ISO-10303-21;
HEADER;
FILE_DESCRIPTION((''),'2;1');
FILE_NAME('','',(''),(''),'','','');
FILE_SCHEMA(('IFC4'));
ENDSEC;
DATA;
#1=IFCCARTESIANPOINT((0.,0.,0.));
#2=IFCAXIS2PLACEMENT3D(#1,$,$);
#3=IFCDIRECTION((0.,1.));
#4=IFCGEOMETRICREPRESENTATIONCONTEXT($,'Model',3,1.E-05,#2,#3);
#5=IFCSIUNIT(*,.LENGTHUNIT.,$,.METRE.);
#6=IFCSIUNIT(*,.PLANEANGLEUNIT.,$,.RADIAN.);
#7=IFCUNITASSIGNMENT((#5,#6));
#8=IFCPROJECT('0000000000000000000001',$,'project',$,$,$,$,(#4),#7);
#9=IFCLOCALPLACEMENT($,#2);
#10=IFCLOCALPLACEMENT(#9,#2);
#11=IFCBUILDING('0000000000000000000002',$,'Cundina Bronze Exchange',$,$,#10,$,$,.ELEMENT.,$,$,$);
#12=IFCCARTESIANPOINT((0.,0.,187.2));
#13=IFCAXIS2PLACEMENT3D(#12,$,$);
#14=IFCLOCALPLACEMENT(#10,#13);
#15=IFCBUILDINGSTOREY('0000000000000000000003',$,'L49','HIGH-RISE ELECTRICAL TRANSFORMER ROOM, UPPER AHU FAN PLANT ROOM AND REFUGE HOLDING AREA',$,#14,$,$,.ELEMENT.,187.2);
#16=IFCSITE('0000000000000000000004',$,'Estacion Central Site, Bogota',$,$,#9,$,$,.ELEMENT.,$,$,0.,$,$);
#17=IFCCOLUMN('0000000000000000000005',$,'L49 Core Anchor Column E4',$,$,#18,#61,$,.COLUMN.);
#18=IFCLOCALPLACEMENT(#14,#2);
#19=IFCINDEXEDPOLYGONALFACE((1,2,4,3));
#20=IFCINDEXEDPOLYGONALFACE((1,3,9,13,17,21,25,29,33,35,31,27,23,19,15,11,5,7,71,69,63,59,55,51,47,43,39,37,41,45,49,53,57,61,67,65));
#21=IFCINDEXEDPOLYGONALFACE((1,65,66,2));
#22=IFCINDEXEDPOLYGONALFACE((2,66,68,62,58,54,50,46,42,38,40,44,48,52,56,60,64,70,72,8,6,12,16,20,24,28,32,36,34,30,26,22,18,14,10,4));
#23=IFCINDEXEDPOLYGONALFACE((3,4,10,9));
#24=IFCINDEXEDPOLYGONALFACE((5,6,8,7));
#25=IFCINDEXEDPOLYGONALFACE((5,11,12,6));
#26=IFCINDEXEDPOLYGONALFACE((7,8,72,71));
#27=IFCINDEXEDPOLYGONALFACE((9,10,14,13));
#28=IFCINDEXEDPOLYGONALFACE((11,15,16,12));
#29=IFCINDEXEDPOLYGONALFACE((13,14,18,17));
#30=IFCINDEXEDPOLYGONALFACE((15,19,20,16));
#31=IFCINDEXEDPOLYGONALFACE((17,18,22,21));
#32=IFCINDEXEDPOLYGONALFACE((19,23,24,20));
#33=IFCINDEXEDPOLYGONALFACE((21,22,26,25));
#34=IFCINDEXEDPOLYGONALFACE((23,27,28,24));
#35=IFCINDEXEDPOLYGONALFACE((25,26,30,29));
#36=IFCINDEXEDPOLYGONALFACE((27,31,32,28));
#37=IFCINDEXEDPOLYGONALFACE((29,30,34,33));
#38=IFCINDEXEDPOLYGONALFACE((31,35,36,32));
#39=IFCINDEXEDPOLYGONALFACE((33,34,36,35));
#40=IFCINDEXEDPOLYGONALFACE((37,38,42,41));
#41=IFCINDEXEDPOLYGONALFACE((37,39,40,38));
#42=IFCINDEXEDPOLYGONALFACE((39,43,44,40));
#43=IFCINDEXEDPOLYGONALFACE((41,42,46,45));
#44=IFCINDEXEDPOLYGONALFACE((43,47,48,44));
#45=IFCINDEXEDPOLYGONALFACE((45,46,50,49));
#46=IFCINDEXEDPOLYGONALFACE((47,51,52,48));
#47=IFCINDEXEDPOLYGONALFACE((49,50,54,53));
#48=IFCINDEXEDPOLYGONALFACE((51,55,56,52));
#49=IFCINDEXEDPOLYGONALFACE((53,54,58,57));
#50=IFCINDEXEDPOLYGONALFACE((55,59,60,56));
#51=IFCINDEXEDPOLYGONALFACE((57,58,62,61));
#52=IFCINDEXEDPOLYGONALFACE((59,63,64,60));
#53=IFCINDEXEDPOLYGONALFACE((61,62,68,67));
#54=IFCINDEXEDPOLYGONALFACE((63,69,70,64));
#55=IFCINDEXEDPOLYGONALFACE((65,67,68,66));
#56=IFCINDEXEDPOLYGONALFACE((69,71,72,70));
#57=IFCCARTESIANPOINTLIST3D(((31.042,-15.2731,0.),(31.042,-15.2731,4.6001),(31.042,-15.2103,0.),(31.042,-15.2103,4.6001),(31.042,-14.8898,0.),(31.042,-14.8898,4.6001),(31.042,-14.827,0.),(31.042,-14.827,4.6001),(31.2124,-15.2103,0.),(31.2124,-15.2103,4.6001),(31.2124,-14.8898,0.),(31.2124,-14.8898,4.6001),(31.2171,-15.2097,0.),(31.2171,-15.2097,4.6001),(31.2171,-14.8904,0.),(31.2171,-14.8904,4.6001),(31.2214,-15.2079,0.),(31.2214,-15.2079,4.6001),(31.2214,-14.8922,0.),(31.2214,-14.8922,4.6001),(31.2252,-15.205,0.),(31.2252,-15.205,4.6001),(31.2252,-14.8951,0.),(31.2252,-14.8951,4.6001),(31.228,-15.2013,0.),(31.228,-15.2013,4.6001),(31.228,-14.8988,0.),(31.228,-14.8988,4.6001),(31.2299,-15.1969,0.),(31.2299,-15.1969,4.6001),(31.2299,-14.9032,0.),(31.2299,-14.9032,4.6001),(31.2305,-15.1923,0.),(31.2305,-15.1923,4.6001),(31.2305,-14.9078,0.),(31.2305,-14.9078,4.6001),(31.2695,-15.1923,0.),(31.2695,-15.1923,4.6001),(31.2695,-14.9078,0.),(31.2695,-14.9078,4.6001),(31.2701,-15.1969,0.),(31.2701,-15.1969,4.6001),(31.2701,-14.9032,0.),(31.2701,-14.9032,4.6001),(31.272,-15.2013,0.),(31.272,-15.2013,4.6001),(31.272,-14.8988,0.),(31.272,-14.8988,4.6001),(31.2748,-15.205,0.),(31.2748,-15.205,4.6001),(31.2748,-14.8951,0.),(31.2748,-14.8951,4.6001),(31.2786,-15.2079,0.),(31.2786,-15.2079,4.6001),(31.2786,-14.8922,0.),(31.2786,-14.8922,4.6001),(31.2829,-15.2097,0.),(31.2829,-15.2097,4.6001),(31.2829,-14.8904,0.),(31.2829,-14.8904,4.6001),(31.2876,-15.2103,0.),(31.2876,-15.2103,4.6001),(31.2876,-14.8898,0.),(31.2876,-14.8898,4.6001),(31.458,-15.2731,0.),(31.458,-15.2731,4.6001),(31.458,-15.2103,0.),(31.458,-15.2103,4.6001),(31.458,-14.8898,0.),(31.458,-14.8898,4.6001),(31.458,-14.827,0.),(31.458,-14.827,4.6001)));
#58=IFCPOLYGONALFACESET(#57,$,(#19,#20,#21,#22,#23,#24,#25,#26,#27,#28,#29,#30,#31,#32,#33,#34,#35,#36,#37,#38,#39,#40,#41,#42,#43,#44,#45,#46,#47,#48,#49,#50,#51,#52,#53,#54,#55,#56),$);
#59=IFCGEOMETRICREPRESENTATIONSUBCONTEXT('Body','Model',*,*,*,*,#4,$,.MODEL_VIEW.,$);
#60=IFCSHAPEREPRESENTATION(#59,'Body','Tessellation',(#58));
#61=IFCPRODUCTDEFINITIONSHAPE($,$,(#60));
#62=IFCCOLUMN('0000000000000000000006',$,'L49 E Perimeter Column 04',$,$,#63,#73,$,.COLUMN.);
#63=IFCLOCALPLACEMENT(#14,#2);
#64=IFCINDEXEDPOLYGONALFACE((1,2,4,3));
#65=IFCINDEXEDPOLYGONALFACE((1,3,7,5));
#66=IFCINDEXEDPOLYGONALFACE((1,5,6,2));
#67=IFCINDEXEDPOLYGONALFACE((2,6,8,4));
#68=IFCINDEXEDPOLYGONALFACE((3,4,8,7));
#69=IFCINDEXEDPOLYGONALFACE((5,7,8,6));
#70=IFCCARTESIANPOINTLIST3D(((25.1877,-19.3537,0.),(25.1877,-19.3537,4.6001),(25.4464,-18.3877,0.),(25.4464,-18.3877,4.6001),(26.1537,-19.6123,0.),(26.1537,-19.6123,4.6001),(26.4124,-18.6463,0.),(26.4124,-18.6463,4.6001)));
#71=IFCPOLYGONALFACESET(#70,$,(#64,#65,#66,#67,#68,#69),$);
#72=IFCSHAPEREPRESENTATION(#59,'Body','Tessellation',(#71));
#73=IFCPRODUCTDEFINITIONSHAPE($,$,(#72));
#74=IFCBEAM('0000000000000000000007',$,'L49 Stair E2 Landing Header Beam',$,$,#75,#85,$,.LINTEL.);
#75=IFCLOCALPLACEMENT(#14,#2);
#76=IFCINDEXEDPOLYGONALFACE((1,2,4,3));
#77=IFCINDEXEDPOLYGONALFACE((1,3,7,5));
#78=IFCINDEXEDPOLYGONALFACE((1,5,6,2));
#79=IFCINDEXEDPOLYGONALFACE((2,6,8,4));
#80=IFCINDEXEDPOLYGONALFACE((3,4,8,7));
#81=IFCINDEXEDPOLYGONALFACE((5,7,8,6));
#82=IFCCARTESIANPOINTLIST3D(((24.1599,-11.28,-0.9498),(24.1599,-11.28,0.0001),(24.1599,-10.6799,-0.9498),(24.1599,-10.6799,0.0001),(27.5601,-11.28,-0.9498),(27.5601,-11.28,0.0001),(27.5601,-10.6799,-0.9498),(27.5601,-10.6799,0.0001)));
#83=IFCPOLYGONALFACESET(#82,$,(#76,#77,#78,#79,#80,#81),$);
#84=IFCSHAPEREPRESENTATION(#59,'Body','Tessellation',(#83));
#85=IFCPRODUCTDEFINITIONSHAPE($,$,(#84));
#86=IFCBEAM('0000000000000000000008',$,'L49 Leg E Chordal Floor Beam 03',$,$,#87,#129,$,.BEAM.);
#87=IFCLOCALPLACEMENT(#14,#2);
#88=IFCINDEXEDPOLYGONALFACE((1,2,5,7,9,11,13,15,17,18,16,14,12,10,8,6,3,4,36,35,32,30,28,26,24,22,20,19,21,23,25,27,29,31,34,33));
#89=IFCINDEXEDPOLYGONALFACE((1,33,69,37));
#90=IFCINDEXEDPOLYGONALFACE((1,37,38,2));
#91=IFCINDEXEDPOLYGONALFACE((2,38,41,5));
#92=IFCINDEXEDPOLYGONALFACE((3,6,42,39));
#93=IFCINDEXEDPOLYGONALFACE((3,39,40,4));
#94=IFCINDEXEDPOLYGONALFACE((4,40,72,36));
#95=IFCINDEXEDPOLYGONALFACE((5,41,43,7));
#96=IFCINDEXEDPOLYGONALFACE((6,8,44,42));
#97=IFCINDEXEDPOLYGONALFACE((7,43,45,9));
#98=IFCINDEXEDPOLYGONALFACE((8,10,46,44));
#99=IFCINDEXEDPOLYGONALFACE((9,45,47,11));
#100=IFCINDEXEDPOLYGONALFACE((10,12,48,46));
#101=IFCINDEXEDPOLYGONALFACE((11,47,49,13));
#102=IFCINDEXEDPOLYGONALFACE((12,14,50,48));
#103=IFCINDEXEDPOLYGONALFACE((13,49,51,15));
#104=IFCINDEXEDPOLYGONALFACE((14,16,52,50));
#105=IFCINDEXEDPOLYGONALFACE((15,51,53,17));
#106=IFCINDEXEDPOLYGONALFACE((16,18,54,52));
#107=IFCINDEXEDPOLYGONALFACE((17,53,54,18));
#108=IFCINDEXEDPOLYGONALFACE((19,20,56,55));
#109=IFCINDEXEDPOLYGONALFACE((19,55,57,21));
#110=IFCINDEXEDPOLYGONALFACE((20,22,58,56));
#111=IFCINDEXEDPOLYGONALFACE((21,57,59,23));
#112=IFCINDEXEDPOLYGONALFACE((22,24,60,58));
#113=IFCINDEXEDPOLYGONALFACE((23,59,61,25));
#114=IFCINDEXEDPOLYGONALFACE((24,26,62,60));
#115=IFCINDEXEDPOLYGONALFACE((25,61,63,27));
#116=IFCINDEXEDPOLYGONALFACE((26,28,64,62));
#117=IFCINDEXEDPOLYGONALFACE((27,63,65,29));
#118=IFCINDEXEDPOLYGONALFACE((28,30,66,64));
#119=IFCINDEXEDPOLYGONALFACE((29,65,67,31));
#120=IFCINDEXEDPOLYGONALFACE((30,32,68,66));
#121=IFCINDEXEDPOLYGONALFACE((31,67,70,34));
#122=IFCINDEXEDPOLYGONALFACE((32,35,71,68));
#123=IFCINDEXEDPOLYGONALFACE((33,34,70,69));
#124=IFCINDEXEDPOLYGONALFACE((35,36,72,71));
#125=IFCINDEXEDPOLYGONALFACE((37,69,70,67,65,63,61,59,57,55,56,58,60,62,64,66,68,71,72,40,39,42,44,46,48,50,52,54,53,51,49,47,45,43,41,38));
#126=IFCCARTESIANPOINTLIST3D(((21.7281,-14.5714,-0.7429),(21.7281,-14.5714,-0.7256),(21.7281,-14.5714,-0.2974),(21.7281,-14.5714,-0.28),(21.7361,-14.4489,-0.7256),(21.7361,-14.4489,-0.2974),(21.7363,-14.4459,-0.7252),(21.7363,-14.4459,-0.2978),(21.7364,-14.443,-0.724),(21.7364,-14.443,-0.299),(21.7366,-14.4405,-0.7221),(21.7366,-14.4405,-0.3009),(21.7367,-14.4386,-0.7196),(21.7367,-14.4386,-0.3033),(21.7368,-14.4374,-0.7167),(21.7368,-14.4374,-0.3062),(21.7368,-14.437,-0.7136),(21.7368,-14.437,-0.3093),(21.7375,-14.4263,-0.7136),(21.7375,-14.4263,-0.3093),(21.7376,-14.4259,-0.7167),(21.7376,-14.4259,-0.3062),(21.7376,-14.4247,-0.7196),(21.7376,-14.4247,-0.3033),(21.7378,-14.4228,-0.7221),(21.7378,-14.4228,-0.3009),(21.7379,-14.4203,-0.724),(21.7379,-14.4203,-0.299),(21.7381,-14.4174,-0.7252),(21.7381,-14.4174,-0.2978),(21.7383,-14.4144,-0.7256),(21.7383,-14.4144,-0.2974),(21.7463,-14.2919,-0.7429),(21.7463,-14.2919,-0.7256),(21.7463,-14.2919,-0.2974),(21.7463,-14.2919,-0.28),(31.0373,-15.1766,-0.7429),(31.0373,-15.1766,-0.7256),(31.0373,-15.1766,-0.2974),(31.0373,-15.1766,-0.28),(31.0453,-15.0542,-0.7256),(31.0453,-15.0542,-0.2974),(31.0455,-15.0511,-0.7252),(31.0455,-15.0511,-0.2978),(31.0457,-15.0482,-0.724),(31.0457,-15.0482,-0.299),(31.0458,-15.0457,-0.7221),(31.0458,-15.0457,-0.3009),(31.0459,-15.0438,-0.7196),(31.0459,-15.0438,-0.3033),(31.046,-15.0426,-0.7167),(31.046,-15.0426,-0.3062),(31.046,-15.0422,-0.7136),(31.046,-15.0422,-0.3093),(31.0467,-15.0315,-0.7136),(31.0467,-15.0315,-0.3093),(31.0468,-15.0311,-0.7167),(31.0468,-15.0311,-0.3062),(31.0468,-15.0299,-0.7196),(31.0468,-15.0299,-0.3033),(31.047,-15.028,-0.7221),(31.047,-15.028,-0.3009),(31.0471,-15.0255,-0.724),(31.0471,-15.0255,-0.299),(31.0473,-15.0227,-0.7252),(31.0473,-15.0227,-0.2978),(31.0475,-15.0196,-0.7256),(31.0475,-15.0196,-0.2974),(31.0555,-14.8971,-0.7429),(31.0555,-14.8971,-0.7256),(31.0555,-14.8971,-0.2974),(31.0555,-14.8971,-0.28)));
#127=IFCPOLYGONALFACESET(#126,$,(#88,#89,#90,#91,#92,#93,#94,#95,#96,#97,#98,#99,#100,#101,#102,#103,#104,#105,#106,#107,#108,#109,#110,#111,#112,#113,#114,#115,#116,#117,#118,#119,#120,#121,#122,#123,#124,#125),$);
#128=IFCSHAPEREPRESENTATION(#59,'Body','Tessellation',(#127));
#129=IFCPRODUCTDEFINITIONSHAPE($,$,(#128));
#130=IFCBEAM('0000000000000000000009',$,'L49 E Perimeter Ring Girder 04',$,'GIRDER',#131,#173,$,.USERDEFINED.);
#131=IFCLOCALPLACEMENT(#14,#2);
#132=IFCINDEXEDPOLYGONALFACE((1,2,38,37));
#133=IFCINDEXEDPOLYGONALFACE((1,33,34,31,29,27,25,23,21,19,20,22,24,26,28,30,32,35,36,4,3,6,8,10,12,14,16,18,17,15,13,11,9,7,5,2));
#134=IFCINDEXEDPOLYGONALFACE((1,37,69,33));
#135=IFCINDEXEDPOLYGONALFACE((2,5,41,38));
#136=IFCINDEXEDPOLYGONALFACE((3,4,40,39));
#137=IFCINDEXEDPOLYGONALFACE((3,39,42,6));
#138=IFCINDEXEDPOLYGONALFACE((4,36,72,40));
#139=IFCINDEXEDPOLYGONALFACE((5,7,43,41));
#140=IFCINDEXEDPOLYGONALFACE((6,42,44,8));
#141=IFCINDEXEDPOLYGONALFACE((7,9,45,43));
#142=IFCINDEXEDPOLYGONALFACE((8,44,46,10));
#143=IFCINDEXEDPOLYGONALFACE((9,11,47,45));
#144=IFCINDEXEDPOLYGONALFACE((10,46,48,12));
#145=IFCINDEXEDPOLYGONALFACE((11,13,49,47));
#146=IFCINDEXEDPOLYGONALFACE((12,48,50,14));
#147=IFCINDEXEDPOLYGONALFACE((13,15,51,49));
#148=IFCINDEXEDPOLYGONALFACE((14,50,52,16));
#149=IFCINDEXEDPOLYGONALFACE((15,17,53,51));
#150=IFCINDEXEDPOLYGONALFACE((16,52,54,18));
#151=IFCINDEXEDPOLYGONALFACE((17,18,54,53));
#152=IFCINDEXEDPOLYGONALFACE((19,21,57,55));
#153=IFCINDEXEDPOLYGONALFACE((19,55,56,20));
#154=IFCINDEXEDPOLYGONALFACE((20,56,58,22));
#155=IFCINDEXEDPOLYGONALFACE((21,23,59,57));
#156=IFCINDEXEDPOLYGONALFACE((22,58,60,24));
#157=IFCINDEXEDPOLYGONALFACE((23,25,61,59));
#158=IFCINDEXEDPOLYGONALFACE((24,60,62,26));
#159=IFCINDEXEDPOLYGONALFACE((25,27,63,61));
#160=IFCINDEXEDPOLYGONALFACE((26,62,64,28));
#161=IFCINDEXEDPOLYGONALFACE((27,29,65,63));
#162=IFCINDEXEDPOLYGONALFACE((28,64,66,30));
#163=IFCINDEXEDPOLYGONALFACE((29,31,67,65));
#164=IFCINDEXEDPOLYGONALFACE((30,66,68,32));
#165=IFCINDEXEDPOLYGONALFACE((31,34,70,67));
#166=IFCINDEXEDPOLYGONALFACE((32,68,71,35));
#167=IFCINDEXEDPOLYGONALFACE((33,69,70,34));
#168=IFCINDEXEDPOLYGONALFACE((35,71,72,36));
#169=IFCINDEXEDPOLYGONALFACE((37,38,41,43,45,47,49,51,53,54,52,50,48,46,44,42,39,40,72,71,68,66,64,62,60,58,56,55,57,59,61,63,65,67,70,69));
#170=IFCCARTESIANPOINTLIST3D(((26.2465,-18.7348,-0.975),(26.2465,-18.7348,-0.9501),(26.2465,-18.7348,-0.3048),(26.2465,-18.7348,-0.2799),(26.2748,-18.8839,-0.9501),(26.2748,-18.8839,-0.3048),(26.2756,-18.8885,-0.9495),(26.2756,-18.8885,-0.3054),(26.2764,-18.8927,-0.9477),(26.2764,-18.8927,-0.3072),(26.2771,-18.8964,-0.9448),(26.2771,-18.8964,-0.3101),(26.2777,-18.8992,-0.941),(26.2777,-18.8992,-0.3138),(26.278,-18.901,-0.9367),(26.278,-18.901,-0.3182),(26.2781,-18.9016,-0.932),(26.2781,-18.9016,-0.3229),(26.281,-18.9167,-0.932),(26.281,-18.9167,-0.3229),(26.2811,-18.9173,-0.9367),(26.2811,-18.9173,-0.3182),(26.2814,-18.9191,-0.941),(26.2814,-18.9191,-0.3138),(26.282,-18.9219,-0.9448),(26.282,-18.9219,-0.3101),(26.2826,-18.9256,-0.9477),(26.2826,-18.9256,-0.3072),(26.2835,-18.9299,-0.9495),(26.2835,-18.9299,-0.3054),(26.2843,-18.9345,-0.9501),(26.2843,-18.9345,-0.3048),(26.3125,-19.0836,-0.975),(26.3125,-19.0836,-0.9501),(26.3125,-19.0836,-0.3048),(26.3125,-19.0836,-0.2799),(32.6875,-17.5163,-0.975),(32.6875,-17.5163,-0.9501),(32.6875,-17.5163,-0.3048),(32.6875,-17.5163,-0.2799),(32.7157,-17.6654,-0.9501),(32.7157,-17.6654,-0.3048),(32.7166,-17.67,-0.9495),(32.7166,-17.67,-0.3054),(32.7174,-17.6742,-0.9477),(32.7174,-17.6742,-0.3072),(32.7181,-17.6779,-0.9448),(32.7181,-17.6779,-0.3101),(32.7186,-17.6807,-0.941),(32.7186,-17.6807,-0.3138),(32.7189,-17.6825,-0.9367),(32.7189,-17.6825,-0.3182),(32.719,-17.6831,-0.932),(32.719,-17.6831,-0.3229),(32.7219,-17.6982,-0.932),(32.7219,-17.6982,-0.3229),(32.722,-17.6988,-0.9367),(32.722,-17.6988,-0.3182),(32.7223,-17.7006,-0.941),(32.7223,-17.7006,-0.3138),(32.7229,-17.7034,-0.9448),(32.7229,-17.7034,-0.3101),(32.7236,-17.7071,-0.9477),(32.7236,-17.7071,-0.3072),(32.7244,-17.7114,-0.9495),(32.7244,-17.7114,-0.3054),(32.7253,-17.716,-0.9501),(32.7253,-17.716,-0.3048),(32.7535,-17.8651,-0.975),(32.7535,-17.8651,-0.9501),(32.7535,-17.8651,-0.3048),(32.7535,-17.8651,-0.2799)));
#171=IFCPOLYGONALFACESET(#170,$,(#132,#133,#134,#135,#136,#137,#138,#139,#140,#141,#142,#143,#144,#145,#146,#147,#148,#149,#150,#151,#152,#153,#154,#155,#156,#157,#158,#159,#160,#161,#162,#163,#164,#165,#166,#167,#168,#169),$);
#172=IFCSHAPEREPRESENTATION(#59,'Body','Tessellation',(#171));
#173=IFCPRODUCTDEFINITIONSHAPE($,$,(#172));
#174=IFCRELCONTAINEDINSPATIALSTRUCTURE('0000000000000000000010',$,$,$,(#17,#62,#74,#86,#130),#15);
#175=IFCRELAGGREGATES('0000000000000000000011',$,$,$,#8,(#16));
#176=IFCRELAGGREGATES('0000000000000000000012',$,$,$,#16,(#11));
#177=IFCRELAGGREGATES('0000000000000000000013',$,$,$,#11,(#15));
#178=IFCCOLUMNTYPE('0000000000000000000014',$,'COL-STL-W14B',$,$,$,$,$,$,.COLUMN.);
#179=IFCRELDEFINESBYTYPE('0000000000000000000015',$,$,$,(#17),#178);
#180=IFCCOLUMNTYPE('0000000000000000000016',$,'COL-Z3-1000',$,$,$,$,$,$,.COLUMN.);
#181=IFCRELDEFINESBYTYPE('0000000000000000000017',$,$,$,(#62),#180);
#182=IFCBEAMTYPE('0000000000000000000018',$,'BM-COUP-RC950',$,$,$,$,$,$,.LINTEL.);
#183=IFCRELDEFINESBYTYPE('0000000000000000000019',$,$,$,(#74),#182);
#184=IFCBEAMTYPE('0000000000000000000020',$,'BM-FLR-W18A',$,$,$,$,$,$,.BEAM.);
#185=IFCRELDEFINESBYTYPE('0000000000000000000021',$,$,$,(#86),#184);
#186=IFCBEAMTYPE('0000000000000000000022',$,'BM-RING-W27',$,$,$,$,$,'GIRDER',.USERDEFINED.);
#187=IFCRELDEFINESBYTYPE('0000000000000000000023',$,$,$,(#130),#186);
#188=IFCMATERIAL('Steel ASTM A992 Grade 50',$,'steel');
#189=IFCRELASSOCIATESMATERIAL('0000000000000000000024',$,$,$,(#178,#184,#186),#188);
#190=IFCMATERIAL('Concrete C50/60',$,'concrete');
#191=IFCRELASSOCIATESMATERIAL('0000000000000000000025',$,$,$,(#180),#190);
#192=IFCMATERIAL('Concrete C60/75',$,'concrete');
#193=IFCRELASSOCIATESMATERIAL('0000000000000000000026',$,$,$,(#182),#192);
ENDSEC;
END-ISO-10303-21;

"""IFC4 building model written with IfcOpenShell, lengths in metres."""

from ifc_helpers import new_model, si_unit, direction, frame, origin, origin_2d, place, context, subcontext, project, spatial, rectangle, i_section, extrude, material, material_profile, profile_set, type_object, element, save


model = new_model("IFC4")

# Units and contexts
model_context = context("Model", 3, precision=1e-05, world=origin(), true_north=direction((0.0, 1.0)))
body_context = subcontext(model_context, "Body", "Model", "MODEL_VIEW")
ifc_project = project(units=[si_unit("LENGTHUNIT", "METRE"), si_unit("PLANEANGLEUNIT", "RADIAN")], contexts=[model_context])

# Site, building, storey
site_placement = place(None, origin())
site = spatial("IfcSite", under=ifc_project, at=site_placement, Name="Estacion Central Site, Bogota", CompositionType="ELEMENT", RefElevation=0.0)
building_placement = place(site_placement, origin())
building = spatial("IfcBuilding", under=site, at=building_placement, Name="Cundina Bronze Exchange", CompositionType="ELEMENT")
storey_placement = place(building_placement, frame((0.0, 0.0, 187.2)))
storey = spatial("IfcBuildingStorey", under=building, at=storey_placement, Name="L49", Description="HIGH-RISE ELECTRICAL TRANSFORMER ROOM, UPPER AHU FAN PLANT ROOM AND REFUGE HOLDING AREA", CompositionType="ELEMENT", Elevation=187.2)

# Columns
ifc_material_1 = material(Name="Steel ASTM A992 Grade 50", Category="steel")
ifc_material_profile_1 = material_profile(ifc_material_1, i_section(OverallWidth=0.416, OverallDepth=0.446, WebThickness=0.0391, FlangeThickness=0.0627, FilletRadius=0.0181, at=origin_2d()), Name="W14X342", Category="steel")
ifc_profile_set_1 = profile_set([ifc_material_profile_1], Name="Steel ASTM A992 Grade 50")
column_type_1 = type_object("IfcColumnType", Name="COL-STL-W14B", PredefinedType="COLUMN", material=ifc_profile_set_1)
column_1_placement = place(storey_placement, frame((31.25, -15.05, 0.0), z_axis=(0.0, 0.0, 1.0), x_axis=(1.0, 0.0, 0.0)))
element("IfcColumn", 1, at=column_1_placement, inside=storey, type_object=column_type_1, Name="L49 Core Anchor Column E4", PredefinedType="COLUMN", context=body_context, shape_type="SweptSolid", body=[
    extrude(i_section(OverallWidth=0.416, OverallDepth=0.446, WebThickness=0.0391, FlangeThickness=0.0627, FilletRadius=0.0181, at=origin_2d()), origin(), (0.0, 0.0, 1.0), 4.6001),
])
ifc_material_2 = material(Name="Concrete C50/60", Category="concrete")
ifc_material_profile_2 = material_profile(ifc_material_2, rectangle(XDim=1.0, YDim=1.0, at=origin_2d()), Name="RC1000X1000", Category="concrete")
ifc_profile_set_2 = profile_set([ifc_material_profile_2], Name="Concrete C50/60")
column_type_2 = type_object("IfcColumnType", Name="COL-Z3-1000", PredefinedType="COLUMN", material=ifc_profile_set_2)
column_2_placement = place(storey_placement, frame((25.8, -19.0, 0.0), z_axis=(0.0, 0.0, 1.0), x_axis=(0.965971, -0.25865, 0.0)))
element("IfcColumn", 2, at=column_2_placement, inside=storey, type_object=column_type_2, Name="L49 E Perimeter Column 04", PredefinedType="COLUMN", context=body_context, shape_type="SweptSolid", body=[
    extrude(rectangle(XDim=1.0, YDim=1.0, at=origin_2d()), origin(), (0.0, 0.0, 1.0), 4.6001),
])

# Beams
ifc_material_3 = material(Name="Concrete C60/75", Category="concrete")
ifc_material_profile_3 = material_profile(ifc_material_3, rectangle(XDim=0.6001, YDim=0.95, at=origin_2d()), Name="RC600X950", Category="concrete")
ifc_profile_set_3 = profile_set([ifc_material_profile_3], Name="Concrete C60/75")
beam_type_1 = type_object("IfcBeamType", Name="BM-COUP-RC950", PredefinedType="LINTEL", material=ifc_profile_set_3)
beam_1_placement = place(storey_placement, frame((24.1599, -10.98, -0.4749), z_axis=(1.0, 0.0, 0.0), x_axis=(0.0, 1.0, 0.0)))
element("IfcBeam", 3, at=beam_1_placement, inside=storey, type_object=beam_type_1, Name="L49 Stair E2 Landing Header Beam", PredefinedType="LINTEL", context=body_context, shape_type="SweptSolid", body=[
    extrude(rectangle(XDim=0.6001, YDim=0.95, at=origin_2d()), origin(), (0.0, 0.0, 1.0), 3.4001),
])
ifc_material_profile_4 = material_profile(ifc_material_1, i_section(OverallWidth=0.28, OverallDepth=0.4629, WebThickness=0.0107, FlangeThickness=0.0173, FilletRadius=0.012, at=origin_2d()), Name="W18X76", Category="steel")
ifc_profile_set_4 = profile_set([ifc_material_profile_4], Name="Steel ASTM A992 Grade 50")
beam_type_2 = type_object("IfcBeamType", Name="BM-FLR-W18A", PredefinedType="BEAM", material=ifc_profile_set_4)
beam_2_placement = place(storey_placement, frame((31.0464, -15.0369, -0.5115), z_axis=(-0.997893, 0.064876, 0.0), x_axis=(-0.064876, -0.997893, 0.0)))
element("IfcBeam", 4, at=beam_2_placement, inside=storey, type_object=beam_type_2, Name="L49 Leg E Chordal Floor Beam 03", PredefinedType="BEAM", context=body_context, shape_type="SweptSolid", body=[
    extrude(i_section(OverallWidth=0.28, OverallDepth=0.4629, WebThickness=0.0107, FlangeThickness=0.0173, FilletRadius=0.012, at=origin_2d()), origin(), (0.0, 0.0, 1.0), 9.3289),
])
ifc_material_profile_5 = material_profile(ifc_material_1, i_section(OverallWidth=0.355, OverallDepth=0.6951, WebThickness=0.0154, FlangeThickness=0.0249, FilletRadius=0.0181, at=origin_2d()), Name="W27X146", Category="steel")
ifc_profile_set_5 = profile_set([ifc_material_profile_5], Name="Steel ASTM A992 Grade 50")
beam_type_3 = type_object("IfcBeamType", Name="BM-RING-W27", ElementType="GIRDER", PredefinedType="USERDEFINED", material=ifc_profile_set_5)
beam_3_placement = place(storey_placement, frame((26.2795, -18.9092, -0.6274), z_axis=(0.982572, 0.185885, 0.0), x_axis=(-0.185885, 0.982572, 0.0)))
element("IfcBeam", 5, at=beam_3_placement, inside=storey, type_object=beam_type_3, Name="L49 E Perimeter Ring Girder 04", ObjectType="GIRDER", PredefinedType="USERDEFINED", context=body_context, shape_type="SweptSolid", body=[
    extrude(i_section(OverallWidth=0.355, OverallDepth=0.6951, WebThickness=0.0154, FlangeThickness=0.0249, FilletRadius=0.0181, at=origin_2d()), origin(), (0.0, 0.0, 1.0), 6.5552),
])

save(model, "model.ifc")
